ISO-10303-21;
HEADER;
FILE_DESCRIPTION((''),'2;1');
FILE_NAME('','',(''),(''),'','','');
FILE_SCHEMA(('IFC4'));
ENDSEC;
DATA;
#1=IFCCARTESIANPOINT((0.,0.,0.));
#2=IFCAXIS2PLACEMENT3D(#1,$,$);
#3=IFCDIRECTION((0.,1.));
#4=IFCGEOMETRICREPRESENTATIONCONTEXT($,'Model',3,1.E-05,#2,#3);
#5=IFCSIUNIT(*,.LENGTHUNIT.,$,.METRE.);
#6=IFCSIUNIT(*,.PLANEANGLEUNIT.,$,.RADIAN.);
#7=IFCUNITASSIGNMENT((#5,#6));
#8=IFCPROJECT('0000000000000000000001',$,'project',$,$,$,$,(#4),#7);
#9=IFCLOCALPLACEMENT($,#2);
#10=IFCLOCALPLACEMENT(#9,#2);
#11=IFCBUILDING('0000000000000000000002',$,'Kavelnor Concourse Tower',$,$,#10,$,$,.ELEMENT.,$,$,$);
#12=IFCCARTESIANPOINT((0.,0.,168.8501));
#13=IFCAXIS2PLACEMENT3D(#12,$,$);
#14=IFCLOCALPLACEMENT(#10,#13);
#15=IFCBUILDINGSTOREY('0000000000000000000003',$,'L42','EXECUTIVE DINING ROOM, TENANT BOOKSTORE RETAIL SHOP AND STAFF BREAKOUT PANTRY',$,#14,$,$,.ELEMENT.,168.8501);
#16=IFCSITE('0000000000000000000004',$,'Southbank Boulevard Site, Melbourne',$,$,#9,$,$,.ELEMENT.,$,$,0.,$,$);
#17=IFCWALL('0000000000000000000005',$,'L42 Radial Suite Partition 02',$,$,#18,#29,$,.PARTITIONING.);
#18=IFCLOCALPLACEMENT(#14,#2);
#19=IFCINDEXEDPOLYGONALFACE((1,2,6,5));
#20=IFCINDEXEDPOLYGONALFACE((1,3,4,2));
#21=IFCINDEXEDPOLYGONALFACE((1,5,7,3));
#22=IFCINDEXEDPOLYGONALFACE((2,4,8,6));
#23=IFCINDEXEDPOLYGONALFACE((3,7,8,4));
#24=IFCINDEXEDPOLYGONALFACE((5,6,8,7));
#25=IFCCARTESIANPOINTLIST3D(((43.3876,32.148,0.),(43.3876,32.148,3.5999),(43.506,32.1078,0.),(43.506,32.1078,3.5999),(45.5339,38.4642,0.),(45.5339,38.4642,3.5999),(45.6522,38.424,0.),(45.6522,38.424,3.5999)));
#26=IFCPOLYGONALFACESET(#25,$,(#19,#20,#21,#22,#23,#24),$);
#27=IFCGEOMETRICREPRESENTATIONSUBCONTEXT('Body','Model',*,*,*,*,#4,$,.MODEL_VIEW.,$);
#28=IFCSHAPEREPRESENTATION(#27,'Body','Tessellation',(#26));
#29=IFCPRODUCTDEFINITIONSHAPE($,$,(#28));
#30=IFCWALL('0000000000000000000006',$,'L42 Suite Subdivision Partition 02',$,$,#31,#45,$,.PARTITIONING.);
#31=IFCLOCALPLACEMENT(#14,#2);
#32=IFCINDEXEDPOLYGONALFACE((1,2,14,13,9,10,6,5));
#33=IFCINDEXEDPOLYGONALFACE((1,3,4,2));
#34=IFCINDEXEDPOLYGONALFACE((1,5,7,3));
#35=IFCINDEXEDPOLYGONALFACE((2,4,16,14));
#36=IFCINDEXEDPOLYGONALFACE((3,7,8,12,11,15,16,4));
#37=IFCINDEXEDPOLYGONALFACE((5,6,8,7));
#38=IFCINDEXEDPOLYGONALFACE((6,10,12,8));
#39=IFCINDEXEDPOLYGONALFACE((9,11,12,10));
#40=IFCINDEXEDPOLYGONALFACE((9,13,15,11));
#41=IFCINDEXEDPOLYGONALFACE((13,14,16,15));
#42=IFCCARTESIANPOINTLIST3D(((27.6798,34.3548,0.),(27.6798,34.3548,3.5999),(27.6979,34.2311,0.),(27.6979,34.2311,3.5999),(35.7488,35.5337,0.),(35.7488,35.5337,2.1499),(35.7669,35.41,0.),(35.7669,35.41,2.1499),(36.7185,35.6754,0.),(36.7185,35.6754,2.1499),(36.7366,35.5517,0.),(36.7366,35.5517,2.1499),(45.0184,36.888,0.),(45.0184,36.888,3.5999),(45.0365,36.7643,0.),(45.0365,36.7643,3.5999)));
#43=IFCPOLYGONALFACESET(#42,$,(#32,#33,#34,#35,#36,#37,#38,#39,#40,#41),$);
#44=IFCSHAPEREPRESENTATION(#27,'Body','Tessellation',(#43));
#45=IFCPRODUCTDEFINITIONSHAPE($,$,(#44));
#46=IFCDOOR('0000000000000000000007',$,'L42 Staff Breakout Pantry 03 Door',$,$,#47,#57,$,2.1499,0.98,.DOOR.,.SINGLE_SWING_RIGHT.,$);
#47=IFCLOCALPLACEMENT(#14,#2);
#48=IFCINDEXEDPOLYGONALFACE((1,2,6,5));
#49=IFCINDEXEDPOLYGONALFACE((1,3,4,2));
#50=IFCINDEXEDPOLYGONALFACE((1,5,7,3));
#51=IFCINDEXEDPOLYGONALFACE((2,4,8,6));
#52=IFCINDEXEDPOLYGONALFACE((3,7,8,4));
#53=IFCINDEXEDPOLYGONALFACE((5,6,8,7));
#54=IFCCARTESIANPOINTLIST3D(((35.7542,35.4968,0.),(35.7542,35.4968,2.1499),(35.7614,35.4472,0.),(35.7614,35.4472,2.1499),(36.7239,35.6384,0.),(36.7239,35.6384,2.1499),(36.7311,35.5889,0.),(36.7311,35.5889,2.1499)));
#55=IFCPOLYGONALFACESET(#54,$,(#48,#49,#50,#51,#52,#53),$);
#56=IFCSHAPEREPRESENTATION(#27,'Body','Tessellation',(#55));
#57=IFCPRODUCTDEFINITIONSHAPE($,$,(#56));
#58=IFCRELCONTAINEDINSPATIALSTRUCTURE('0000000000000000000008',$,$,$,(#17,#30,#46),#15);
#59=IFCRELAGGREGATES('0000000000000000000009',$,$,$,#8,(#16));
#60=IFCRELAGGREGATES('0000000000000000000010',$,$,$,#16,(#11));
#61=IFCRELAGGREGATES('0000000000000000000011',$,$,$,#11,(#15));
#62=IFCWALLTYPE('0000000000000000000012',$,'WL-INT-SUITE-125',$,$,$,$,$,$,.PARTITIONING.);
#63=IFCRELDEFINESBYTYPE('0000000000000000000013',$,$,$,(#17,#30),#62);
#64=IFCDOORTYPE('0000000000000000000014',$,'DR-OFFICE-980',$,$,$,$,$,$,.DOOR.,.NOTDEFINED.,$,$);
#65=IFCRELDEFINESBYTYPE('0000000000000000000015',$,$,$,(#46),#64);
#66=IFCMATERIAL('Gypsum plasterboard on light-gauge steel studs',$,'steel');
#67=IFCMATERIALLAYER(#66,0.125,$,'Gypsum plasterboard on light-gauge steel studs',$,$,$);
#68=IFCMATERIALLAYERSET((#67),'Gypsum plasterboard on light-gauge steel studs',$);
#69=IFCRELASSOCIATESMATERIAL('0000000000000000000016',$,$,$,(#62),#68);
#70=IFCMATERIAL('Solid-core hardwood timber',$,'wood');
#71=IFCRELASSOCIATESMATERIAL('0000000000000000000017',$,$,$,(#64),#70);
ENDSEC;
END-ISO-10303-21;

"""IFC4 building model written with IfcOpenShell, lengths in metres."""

from ifc_helpers import new_model, si_unit, direction, frame, frame_2d, origin, place, context, subcontext, project, spatial, rectangle, extrude, material, layer, layer_set, type_object, element, fill, save


model = new_model("IFC4")

# Units and contexts
model_context = context("Model", 3, precision=1e-05, world=origin(), true_north=direction((0.0, 1.0)))
body_context = subcontext(model_context, "Body", "Model", "MODEL_VIEW")
ifc_project = project(units=[si_unit("LENGTHUNIT", "METRE"), si_unit("PLANEANGLEUNIT", "RADIAN")], contexts=[model_context])

# Site, building, storey
site_placement = place(None, origin())
site = spatial("IfcSite", under=ifc_project, at=site_placement, Name="Southbank Boulevard Site, Melbourne", CompositionType="ELEMENT", RefElevation=0.0)
building_placement = place(site_placement, origin())
building = spatial("IfcBuilding", under=site, at=building_placement, Name="Kavelnor Concourse Tower", CompositionType="ELEMENT")
storey_placement = place(building_placement, frame((0.0, 0.0, 168.8501)))
storey = spatial("IfcBuildingStorey", under=building, at=storey_placement, Name="L42", Description="EXECUTIVE DINING ROOM, TENANT BOOKSTORE RETAIL SHOP AND STAFF BREAKOUT PANTRY", CompositionType="ELEMENT", Elevation=168.8501)

# Wall
ifc_material_1 = material(Name="Gypsum plasterboard on light-gauge steel studs", Category="steel")
ifc_layer_1 = layer(ifc_material_1, 0.125, Name="Gypsum plasterboard on light-gauge steel studs")
ifc_layer_set_1 = layer_set([ifc_layer_1], Name="Gypsum plasterboard on light-gauge steel studs")
wall_type_1 = type_object("IfcWallType", Name="WL-INT-SUITE-125", PredefinedType="PARTITIONING", material=ifc_layer_set_1)
wall_1_placement = place(storey_placement, frame((43.4468, 32.1279, 0.0), z_axis=(0.0, 0.0, 1.0), x_axis=(0.321734, 0.94683, 0.0)))
element("IfcWall", 1, at=wall_1_placement, inside=storey, type_object=wall_type_1, Name="L42 Radial Suite Partition 02", PredefinedType="PARTITIONING", context=body_context, shape_type="SweptSolid", body=[
    extrude(rectangle(XDim=6.6709, YDim=0.125, at=frame_2d((3.3354, 0.0))), origin(), (0.0, 0.0, 1.0), 3.5999),
])

# Wall, opening, door
wall_2_placement = place(storey_placement, frame((45.0273, 36.8262, 0.0), z_axis=(0.0, 0.0, 1.0), x_axis=(-0.989495, -0.144567, 0.0)))
wall_2 = element("IfcWall", 2, at=wall_2_placement, inside=storey, type_object=wall_type_1, Name="L42 Suite Subdivision Partition 02", PredefinedType="PARTITIONING", context=body_context, shape_type="SweptSolid", body=[
    extrude(rectangle(XDim=17.5227, YDim=0.125, at=frame_2d((8.7612, 0.0))), origin(), (0.0, 0.0, 1.0), 3.5999),
])
opening_1_placement = place(wall_2_placement, frame((8.3879, 0.0, 0.0)))
opening_1 = element("IfcOpeningElement", 3, at=opening_1_placement, cuts=wall_2, PredefinedType="OPENING", context=body_context, shape_type="SweptSolid", body=[
    extrude(rectangle(XDim=0.98, YDim=2.1499, at=frame_2d((0.49, 1.075))), frame((0.0, 0.0725, 0.0), z_axis=(0.0, -1.0, 0.0), x_axis=(1.0, 0.0, 0.0)), (0.0, 0.0, 1.0), 0.145),
])
ifc_material_2 = material(Name="Solid-core hardwood timber", Category="wood")
door_type = type_object("IfcDoorType", Name="DR-OFFICE-980", OperationType="NOTDEFINED", PredefinedType="DOOR", material=ifc_material_2)
door_placement = place(opening_1_placement, origin())
door = element("IfcDoor", 4, at=door_placement, inside=storey, type_object=door_type, Name="L42 Staff Breakout Pantry 03 Door", OperationType="SINGLE_SWING_RIGHT", OverallHeight=2.1499, OverallWidth=0.98, PredefinedType="DOOR", context=body_context, shape_type="SweptSolid", body=[
    extrude(rectangle(XDim=0.98, YDim=2.1499, at=frame_2d((0.49, 1.075))), frame((0.0, 0.0249, 0.0), z_axis=(0.0, -1.0, 0.0), x_axis=(1.0, 0.0, 0.0)), (0.0, 0.0, 1.0), 0.05),
])
fill(opening_1, door)

save(model, "model.ifc")
